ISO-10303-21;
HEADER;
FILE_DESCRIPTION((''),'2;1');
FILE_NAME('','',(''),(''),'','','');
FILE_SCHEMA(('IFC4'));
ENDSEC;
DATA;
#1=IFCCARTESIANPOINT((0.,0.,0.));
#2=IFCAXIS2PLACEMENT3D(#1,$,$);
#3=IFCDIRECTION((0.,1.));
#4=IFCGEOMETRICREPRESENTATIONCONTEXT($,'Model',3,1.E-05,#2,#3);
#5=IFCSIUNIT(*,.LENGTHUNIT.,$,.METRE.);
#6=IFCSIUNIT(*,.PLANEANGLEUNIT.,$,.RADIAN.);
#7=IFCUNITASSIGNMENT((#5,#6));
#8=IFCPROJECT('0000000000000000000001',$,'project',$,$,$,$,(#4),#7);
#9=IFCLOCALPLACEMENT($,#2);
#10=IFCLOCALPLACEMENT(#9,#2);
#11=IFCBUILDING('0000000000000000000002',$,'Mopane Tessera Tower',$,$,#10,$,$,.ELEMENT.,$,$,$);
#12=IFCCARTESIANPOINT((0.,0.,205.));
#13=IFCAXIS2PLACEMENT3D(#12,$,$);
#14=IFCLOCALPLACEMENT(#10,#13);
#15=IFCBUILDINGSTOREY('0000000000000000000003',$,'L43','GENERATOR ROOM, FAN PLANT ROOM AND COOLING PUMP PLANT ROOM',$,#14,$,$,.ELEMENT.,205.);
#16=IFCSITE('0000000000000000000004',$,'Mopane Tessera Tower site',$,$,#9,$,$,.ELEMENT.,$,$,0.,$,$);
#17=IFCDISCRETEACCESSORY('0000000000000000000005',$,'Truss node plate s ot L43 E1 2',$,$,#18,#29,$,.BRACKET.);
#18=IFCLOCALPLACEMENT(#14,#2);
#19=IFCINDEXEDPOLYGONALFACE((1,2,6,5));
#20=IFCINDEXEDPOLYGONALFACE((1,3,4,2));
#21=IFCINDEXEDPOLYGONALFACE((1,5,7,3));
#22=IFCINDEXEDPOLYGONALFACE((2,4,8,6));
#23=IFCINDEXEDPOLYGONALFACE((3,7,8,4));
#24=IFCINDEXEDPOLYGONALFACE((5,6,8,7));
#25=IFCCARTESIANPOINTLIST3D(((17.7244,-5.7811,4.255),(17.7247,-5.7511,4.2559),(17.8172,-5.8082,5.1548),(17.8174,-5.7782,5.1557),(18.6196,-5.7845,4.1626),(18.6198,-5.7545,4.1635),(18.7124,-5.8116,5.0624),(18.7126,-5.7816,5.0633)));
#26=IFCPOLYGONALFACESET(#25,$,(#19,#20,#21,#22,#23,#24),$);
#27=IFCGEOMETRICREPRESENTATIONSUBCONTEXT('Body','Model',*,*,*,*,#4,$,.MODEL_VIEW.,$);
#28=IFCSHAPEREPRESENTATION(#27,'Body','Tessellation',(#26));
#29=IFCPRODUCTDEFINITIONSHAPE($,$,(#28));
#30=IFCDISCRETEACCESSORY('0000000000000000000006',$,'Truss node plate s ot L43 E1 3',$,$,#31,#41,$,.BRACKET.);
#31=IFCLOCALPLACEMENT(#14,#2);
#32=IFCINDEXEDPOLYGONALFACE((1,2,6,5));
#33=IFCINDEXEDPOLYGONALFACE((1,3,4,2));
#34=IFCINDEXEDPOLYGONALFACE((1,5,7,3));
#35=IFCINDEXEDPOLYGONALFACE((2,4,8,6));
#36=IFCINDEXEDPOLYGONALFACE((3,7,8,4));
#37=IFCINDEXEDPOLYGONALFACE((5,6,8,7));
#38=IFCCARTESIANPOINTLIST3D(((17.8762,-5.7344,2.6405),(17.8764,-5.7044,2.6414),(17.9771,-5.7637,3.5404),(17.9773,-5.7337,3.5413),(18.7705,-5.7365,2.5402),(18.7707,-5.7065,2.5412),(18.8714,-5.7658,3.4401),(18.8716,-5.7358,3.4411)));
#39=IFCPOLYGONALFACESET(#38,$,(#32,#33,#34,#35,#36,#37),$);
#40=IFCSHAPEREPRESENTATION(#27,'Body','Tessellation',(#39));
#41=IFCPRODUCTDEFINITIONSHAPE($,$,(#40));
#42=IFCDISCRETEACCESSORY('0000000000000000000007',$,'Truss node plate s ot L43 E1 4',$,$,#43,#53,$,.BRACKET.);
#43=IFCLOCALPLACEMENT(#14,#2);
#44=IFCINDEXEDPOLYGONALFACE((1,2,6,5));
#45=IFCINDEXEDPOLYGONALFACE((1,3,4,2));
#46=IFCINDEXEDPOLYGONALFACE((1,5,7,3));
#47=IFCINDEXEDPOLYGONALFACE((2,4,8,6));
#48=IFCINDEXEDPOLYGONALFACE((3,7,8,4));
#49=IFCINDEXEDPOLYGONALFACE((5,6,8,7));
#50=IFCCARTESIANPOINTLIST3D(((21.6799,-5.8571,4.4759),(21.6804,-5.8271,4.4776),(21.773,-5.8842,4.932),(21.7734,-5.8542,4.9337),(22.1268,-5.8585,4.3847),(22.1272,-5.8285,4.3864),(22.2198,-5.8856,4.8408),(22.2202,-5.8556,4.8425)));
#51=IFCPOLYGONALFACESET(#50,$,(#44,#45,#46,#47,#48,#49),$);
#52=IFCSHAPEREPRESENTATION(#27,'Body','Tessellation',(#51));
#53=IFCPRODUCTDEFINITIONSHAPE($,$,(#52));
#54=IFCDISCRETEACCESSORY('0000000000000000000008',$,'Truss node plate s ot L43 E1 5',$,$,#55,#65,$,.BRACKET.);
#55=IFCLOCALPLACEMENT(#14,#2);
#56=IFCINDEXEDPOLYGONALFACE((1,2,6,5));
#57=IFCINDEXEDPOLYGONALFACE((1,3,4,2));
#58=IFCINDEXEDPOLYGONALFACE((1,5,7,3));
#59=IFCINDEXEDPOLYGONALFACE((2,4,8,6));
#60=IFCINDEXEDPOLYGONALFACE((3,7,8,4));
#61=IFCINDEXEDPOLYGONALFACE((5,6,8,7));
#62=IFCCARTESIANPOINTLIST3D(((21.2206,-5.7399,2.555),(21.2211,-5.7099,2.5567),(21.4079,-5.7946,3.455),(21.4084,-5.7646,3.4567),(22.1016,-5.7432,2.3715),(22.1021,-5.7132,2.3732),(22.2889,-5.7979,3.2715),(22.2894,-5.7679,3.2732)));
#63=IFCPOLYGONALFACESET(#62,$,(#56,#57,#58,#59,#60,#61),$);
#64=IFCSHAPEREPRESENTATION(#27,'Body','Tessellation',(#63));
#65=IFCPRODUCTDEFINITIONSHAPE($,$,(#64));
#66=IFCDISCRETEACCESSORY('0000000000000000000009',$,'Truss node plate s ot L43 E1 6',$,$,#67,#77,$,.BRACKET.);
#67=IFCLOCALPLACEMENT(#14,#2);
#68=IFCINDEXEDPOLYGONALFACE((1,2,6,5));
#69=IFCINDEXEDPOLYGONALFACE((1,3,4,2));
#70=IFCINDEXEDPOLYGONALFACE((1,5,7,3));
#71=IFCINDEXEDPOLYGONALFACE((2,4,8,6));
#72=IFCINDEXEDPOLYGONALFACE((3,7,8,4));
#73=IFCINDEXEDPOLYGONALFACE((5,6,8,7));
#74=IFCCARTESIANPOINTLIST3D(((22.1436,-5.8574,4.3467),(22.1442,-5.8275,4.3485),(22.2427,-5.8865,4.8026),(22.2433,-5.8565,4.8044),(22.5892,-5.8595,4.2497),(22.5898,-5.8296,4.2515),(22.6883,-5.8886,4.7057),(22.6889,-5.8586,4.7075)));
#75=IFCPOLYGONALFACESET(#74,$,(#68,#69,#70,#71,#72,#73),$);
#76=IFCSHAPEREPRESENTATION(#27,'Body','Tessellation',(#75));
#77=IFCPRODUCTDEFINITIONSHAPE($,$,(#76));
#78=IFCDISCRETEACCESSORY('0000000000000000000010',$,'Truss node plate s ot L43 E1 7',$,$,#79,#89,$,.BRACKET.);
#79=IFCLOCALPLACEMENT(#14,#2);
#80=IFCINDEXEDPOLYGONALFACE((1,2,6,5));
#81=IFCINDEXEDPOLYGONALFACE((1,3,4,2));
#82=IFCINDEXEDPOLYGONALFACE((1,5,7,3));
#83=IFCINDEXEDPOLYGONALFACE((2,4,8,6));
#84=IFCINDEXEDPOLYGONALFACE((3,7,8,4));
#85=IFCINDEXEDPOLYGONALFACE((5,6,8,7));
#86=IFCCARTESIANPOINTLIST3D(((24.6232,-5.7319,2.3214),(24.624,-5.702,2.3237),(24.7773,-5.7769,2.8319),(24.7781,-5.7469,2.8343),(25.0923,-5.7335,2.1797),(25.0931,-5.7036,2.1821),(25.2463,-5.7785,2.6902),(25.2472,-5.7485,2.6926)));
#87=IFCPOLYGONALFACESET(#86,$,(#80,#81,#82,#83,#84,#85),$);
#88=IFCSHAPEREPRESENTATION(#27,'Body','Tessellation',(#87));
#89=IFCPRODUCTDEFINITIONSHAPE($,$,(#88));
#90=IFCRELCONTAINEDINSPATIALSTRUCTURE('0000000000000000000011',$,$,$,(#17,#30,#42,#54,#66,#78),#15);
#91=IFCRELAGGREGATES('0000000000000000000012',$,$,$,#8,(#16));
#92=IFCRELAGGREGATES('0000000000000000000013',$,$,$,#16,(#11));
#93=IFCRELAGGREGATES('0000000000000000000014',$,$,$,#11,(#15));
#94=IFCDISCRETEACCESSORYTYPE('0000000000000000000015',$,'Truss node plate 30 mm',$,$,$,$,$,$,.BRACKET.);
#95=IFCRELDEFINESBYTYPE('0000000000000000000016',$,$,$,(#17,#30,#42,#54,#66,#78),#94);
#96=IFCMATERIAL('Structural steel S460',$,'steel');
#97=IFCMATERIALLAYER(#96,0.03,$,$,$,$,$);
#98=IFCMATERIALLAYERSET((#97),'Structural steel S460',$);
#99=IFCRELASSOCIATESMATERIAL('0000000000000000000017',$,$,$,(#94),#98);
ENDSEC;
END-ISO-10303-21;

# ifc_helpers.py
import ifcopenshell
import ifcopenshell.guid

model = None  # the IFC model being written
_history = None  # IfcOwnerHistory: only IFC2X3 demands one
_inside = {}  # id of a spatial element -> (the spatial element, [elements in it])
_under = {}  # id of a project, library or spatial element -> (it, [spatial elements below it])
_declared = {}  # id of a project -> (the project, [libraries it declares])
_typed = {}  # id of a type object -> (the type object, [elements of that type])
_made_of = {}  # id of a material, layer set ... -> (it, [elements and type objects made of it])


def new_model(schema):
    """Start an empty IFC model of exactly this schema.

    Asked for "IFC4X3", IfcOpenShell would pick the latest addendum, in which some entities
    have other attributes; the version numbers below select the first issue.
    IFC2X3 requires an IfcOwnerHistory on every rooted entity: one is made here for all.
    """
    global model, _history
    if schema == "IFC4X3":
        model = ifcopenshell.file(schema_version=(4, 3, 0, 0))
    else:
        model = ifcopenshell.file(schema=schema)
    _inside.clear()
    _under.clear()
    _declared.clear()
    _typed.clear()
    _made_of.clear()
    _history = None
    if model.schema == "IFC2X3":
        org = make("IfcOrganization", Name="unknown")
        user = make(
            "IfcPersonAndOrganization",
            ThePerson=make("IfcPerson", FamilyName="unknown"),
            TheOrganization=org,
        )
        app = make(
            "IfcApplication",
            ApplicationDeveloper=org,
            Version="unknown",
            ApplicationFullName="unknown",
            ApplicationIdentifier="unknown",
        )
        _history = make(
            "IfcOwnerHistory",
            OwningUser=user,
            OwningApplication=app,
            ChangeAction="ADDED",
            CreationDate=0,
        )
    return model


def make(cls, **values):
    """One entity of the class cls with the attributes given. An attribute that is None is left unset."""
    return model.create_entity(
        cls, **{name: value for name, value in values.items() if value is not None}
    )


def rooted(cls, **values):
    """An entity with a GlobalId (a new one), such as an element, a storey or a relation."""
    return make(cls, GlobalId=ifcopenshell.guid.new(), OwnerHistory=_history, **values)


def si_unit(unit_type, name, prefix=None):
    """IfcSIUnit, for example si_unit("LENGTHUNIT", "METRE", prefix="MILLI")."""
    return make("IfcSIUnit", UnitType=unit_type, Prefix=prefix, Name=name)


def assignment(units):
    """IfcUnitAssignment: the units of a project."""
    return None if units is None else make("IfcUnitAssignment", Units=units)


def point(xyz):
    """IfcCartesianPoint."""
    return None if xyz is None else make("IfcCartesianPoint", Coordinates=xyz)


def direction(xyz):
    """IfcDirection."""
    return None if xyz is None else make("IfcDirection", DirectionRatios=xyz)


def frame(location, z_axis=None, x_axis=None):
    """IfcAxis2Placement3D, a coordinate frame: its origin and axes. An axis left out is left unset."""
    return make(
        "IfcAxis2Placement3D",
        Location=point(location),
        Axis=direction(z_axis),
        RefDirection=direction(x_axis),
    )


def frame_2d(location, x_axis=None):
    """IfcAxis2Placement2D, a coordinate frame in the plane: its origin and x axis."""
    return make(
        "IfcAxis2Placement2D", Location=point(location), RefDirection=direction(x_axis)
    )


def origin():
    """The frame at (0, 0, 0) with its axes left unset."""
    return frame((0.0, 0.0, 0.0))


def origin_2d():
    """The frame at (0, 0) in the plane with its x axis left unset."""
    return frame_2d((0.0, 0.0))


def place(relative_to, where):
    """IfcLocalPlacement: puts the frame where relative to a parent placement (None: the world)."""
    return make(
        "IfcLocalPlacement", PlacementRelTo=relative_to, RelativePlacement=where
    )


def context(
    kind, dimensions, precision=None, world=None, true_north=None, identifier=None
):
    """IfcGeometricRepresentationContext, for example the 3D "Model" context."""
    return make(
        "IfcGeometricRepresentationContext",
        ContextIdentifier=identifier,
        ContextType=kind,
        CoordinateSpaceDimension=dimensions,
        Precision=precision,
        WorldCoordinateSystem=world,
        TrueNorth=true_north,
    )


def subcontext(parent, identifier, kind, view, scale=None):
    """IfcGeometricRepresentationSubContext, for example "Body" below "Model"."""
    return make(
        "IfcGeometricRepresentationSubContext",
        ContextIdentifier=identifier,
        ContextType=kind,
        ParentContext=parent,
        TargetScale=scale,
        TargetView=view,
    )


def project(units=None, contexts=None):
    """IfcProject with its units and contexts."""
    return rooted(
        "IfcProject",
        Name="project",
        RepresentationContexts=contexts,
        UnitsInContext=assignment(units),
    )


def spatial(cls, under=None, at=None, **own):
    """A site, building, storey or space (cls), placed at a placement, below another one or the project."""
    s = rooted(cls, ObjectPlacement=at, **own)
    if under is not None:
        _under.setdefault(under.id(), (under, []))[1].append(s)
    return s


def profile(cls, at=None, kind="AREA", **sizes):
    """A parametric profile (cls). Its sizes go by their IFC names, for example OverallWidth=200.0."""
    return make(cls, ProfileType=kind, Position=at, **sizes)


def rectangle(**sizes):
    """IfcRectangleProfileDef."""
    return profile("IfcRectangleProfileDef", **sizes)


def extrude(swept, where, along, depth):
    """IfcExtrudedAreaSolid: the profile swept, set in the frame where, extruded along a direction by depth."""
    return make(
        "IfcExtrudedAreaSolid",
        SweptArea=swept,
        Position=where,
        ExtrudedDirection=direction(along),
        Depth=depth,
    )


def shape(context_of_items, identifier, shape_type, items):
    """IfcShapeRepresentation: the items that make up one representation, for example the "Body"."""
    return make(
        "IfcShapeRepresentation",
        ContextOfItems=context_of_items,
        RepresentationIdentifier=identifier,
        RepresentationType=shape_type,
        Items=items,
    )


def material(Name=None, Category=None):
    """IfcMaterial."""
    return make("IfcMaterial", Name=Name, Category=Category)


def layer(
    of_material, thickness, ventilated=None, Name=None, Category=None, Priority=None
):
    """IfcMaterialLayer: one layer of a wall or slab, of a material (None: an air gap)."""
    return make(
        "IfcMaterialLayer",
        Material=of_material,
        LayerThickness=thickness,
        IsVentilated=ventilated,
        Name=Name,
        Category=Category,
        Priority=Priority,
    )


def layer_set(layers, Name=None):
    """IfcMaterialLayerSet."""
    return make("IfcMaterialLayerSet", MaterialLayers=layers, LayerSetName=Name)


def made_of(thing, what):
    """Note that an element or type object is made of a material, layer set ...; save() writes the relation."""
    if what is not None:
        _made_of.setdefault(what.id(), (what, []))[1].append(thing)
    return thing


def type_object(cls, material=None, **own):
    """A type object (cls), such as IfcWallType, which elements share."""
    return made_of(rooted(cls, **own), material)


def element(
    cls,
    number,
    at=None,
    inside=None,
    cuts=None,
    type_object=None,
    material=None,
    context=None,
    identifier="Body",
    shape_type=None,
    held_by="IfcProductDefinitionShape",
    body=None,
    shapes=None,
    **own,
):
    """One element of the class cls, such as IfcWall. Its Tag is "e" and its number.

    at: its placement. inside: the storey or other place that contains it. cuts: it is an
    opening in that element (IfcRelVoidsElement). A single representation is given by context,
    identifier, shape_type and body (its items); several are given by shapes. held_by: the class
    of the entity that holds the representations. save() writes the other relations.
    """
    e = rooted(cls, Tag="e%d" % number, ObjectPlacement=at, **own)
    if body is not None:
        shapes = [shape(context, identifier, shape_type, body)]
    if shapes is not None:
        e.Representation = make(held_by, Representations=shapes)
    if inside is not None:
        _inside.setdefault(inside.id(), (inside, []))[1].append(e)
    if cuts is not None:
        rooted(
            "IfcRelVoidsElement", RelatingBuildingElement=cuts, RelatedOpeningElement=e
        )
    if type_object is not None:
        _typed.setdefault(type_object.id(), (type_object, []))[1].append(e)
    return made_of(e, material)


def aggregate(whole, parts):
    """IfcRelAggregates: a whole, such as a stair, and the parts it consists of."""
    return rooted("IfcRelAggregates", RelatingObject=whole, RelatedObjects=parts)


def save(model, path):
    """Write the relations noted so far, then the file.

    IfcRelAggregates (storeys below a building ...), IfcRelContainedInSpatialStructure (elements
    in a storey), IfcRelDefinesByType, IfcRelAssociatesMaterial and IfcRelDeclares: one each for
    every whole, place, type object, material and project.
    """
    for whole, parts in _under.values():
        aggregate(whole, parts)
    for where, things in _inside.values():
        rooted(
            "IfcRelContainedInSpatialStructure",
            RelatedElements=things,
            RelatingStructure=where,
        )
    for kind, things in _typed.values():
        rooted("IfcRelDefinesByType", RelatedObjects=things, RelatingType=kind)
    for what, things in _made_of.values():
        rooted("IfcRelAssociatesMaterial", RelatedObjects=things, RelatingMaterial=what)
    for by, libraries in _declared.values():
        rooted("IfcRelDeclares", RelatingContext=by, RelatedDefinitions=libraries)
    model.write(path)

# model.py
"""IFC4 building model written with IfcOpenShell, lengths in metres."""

from ifc_helpers import new_model, si_unit, direction, frame, origin, origin_2d, place, context, subcontext, project, spatial, rectangle, extrude, material, layer, layer_set, type_object, element, save


model = new_model("IFC4")

# Units and contexts
model_context = context("Model", 3, precision=1e-05, world=origin(), true_north=direction((0.0, 1.0)))
body_context = subcontext(model_context, "Body", "Model", "MODEL_VIEW")
ifc_project = project(units=[si_unit("LENGTHUNIT", "METRE"), si_unit("PLANEANGLEUNIT", "RADIAN")], contexts=[model_context])

# Site, building, storey
site_placement = place(None, origin())
site = spatial("IfcSite", under=ifc_project, at=site_placement, Name="Mopane Tessera Tower site", CompositionType="ELEMENT", RefElevation=0.0)
building_placement = place(site_placement, origin())
building = spatial("IfcBuilding", under=site, at=building_placement, Name="Mopane Tessera Tower", CompositionType="ELEMENT")
storey_placement = place(building_placement, frame((0.0, 0.0, 205.0)))
storey = spatial("IfcBuildingStorey", under=building, at=storey_placement, Name="L43", Description="GENERATOR ROOM, FAN PLANT ROOM AND COOLING PUMP PLANT ROOM", CompositionType="ELEMENT", Elevation=205.0)

# Discrete accessories
ifc_material_1 = material(Name="Structural steel S460", Category="steel")
ifc_layer_1 = layer(ifc_material_1, 0.03)
ifc_layer_set_1 = layer_set([ifc_layer_1], Name="Structural steel S460")
discrete_accessory_type = type_object("IfcDiscreteAccessoryType", Name="Truss node plate 30 mm", PredefinedType="BRACKET", material=ifc_layer_set_1)
discrete_accessory_1_placement = place(storey_placement, frame((18.1721, -5.7678, 4.2092), z_axis=(0.102503, -0.029942, 0.994282), x_axis=(0.006871, 0.999544, 0.029392)))
element("IfcDiscreteAccessory", 1, at=discrete_accessory_1_placement, inside=storey, type_object=discrete_accessory_type, Name="Truss node plate s ot L43 E1 2", PredefinedType="BRACKET", context=body_context, shape_type="SweptSolid", body=[
    extrude(rectangle(XDim=0.03, YDim=0.8999, at=origin_2d()), origin(), (0.0, 0.0, 1.0), 0.905),
])
discrete_accessory_2_placement = place(storey_placement, frame((18.3235, -5.7205, 2.5908), z_axis=(0.111291, -0.032336, 0.993262), x_axis=(0.00599, 0.999474, 0.031867)))
element("IfcDiscreteAccessory", 2, at=discrete_accessory_2_placement, inside=storey, type_object=discrete_accessory_type, Name="Truss node plate s ot L43 E1 3", PredefinedType="BRACKET", context=body_context, shape_type="SweptSolid", body=[
    extrude(rectangle(XDim=0.03, YDim=0.8999, at=origin_2d()), origin(), (0.0, 0.0, 1.0), 0.906),
])
discrete_accessory_3_placement = place(storey_placement, frame((21.9036, -5.8428, 4.4312), z_axis=(0.199509, -0.058125, 0.978171), x_axis=(0.014619, 0.998305, 0.056339)))
element("IfcDiscreteAccessory", 3, at=discrete_accessory_3_placement, inside=storey, type_object=discrete_accessory_type, Name="Truss node plate s ot L43 E1 4", PredefinedType="BRACKET", context=body_context, shape_type="SweptSolid", body=[
    extrude(rectangle(XDim=0.03, YDim=0.4561, at=origin_2d()), origin(), (0.0, 0.0, 1.0), 0.4663),
])
discrete_accessory_4_placement = place(storey_placement, frame((21.6614, -5.7266, 2.4641), z_axis=(0.203361, -0.059391, 0.977301), x_axis=(0.015745, 0.998228, 0.057387)))
element("IfcDiscreteAccessory", 4, at=discrete_accessory_4_placement, inside=storey, type_object=discrete_accessory_type, Name="Truss node plate s ot L43 E1 5", PredefinedType="BRACKET", context=body_context, shape_type="SweptSolid", body=[
    extrude(rectangle(XDim=0.03, YDim=0.8999, at=origin_2d()), origin(), (0.0, 0.0, 1.0), 0.9209),
])
discrete_accessory_5_placement = place(storey_placement, frame((22.3667, -5.8435, 4.2991), z_axis=(0.211976, -0.062131, 0.975298), x_axis=(0.01773, 0.998057, 0.059727)))
element("IfcDiscreteAccessory", 5, at=discrete_accessory_5_placement, inside=storey, type_object=discrete_accessory_type, Name="Truss node plate s ot L43 E1 6", PredefinedType="BRACKET", context=body_context, shape_type="SweptSolid", body=[
    extrude(rectangle(XDim=0.03, YDim=0.4561, at=origin_2d()), origin(), (0.0, 0.0, 1.0), 0.4675),
])
discrete_accessory_6_placement = place(storey_placement, frame((24.8582, -5.7178, 2.2517), z_axis=(0.287882, -0.083947, 0.95398), x_axis=(0.02736, 0.996465, 0.079429)))
element("IfcDiscreteAccessory", 6, at=discrete_accessory_6_placement, inside=storey, type_object=discrete_accessory_type, Name="Truss node plate s ot L43 E1 7", PredefinedType="BRACKET", context=body_context, shape_type="SweptSolid", body=[
    extrude(rectangle(XDim=0.03, YDim=0.49, at=origin_2d()), origin(), (0.0, 0.0, 1.0), 0.5352),
])

save(model, "model.ifc")
